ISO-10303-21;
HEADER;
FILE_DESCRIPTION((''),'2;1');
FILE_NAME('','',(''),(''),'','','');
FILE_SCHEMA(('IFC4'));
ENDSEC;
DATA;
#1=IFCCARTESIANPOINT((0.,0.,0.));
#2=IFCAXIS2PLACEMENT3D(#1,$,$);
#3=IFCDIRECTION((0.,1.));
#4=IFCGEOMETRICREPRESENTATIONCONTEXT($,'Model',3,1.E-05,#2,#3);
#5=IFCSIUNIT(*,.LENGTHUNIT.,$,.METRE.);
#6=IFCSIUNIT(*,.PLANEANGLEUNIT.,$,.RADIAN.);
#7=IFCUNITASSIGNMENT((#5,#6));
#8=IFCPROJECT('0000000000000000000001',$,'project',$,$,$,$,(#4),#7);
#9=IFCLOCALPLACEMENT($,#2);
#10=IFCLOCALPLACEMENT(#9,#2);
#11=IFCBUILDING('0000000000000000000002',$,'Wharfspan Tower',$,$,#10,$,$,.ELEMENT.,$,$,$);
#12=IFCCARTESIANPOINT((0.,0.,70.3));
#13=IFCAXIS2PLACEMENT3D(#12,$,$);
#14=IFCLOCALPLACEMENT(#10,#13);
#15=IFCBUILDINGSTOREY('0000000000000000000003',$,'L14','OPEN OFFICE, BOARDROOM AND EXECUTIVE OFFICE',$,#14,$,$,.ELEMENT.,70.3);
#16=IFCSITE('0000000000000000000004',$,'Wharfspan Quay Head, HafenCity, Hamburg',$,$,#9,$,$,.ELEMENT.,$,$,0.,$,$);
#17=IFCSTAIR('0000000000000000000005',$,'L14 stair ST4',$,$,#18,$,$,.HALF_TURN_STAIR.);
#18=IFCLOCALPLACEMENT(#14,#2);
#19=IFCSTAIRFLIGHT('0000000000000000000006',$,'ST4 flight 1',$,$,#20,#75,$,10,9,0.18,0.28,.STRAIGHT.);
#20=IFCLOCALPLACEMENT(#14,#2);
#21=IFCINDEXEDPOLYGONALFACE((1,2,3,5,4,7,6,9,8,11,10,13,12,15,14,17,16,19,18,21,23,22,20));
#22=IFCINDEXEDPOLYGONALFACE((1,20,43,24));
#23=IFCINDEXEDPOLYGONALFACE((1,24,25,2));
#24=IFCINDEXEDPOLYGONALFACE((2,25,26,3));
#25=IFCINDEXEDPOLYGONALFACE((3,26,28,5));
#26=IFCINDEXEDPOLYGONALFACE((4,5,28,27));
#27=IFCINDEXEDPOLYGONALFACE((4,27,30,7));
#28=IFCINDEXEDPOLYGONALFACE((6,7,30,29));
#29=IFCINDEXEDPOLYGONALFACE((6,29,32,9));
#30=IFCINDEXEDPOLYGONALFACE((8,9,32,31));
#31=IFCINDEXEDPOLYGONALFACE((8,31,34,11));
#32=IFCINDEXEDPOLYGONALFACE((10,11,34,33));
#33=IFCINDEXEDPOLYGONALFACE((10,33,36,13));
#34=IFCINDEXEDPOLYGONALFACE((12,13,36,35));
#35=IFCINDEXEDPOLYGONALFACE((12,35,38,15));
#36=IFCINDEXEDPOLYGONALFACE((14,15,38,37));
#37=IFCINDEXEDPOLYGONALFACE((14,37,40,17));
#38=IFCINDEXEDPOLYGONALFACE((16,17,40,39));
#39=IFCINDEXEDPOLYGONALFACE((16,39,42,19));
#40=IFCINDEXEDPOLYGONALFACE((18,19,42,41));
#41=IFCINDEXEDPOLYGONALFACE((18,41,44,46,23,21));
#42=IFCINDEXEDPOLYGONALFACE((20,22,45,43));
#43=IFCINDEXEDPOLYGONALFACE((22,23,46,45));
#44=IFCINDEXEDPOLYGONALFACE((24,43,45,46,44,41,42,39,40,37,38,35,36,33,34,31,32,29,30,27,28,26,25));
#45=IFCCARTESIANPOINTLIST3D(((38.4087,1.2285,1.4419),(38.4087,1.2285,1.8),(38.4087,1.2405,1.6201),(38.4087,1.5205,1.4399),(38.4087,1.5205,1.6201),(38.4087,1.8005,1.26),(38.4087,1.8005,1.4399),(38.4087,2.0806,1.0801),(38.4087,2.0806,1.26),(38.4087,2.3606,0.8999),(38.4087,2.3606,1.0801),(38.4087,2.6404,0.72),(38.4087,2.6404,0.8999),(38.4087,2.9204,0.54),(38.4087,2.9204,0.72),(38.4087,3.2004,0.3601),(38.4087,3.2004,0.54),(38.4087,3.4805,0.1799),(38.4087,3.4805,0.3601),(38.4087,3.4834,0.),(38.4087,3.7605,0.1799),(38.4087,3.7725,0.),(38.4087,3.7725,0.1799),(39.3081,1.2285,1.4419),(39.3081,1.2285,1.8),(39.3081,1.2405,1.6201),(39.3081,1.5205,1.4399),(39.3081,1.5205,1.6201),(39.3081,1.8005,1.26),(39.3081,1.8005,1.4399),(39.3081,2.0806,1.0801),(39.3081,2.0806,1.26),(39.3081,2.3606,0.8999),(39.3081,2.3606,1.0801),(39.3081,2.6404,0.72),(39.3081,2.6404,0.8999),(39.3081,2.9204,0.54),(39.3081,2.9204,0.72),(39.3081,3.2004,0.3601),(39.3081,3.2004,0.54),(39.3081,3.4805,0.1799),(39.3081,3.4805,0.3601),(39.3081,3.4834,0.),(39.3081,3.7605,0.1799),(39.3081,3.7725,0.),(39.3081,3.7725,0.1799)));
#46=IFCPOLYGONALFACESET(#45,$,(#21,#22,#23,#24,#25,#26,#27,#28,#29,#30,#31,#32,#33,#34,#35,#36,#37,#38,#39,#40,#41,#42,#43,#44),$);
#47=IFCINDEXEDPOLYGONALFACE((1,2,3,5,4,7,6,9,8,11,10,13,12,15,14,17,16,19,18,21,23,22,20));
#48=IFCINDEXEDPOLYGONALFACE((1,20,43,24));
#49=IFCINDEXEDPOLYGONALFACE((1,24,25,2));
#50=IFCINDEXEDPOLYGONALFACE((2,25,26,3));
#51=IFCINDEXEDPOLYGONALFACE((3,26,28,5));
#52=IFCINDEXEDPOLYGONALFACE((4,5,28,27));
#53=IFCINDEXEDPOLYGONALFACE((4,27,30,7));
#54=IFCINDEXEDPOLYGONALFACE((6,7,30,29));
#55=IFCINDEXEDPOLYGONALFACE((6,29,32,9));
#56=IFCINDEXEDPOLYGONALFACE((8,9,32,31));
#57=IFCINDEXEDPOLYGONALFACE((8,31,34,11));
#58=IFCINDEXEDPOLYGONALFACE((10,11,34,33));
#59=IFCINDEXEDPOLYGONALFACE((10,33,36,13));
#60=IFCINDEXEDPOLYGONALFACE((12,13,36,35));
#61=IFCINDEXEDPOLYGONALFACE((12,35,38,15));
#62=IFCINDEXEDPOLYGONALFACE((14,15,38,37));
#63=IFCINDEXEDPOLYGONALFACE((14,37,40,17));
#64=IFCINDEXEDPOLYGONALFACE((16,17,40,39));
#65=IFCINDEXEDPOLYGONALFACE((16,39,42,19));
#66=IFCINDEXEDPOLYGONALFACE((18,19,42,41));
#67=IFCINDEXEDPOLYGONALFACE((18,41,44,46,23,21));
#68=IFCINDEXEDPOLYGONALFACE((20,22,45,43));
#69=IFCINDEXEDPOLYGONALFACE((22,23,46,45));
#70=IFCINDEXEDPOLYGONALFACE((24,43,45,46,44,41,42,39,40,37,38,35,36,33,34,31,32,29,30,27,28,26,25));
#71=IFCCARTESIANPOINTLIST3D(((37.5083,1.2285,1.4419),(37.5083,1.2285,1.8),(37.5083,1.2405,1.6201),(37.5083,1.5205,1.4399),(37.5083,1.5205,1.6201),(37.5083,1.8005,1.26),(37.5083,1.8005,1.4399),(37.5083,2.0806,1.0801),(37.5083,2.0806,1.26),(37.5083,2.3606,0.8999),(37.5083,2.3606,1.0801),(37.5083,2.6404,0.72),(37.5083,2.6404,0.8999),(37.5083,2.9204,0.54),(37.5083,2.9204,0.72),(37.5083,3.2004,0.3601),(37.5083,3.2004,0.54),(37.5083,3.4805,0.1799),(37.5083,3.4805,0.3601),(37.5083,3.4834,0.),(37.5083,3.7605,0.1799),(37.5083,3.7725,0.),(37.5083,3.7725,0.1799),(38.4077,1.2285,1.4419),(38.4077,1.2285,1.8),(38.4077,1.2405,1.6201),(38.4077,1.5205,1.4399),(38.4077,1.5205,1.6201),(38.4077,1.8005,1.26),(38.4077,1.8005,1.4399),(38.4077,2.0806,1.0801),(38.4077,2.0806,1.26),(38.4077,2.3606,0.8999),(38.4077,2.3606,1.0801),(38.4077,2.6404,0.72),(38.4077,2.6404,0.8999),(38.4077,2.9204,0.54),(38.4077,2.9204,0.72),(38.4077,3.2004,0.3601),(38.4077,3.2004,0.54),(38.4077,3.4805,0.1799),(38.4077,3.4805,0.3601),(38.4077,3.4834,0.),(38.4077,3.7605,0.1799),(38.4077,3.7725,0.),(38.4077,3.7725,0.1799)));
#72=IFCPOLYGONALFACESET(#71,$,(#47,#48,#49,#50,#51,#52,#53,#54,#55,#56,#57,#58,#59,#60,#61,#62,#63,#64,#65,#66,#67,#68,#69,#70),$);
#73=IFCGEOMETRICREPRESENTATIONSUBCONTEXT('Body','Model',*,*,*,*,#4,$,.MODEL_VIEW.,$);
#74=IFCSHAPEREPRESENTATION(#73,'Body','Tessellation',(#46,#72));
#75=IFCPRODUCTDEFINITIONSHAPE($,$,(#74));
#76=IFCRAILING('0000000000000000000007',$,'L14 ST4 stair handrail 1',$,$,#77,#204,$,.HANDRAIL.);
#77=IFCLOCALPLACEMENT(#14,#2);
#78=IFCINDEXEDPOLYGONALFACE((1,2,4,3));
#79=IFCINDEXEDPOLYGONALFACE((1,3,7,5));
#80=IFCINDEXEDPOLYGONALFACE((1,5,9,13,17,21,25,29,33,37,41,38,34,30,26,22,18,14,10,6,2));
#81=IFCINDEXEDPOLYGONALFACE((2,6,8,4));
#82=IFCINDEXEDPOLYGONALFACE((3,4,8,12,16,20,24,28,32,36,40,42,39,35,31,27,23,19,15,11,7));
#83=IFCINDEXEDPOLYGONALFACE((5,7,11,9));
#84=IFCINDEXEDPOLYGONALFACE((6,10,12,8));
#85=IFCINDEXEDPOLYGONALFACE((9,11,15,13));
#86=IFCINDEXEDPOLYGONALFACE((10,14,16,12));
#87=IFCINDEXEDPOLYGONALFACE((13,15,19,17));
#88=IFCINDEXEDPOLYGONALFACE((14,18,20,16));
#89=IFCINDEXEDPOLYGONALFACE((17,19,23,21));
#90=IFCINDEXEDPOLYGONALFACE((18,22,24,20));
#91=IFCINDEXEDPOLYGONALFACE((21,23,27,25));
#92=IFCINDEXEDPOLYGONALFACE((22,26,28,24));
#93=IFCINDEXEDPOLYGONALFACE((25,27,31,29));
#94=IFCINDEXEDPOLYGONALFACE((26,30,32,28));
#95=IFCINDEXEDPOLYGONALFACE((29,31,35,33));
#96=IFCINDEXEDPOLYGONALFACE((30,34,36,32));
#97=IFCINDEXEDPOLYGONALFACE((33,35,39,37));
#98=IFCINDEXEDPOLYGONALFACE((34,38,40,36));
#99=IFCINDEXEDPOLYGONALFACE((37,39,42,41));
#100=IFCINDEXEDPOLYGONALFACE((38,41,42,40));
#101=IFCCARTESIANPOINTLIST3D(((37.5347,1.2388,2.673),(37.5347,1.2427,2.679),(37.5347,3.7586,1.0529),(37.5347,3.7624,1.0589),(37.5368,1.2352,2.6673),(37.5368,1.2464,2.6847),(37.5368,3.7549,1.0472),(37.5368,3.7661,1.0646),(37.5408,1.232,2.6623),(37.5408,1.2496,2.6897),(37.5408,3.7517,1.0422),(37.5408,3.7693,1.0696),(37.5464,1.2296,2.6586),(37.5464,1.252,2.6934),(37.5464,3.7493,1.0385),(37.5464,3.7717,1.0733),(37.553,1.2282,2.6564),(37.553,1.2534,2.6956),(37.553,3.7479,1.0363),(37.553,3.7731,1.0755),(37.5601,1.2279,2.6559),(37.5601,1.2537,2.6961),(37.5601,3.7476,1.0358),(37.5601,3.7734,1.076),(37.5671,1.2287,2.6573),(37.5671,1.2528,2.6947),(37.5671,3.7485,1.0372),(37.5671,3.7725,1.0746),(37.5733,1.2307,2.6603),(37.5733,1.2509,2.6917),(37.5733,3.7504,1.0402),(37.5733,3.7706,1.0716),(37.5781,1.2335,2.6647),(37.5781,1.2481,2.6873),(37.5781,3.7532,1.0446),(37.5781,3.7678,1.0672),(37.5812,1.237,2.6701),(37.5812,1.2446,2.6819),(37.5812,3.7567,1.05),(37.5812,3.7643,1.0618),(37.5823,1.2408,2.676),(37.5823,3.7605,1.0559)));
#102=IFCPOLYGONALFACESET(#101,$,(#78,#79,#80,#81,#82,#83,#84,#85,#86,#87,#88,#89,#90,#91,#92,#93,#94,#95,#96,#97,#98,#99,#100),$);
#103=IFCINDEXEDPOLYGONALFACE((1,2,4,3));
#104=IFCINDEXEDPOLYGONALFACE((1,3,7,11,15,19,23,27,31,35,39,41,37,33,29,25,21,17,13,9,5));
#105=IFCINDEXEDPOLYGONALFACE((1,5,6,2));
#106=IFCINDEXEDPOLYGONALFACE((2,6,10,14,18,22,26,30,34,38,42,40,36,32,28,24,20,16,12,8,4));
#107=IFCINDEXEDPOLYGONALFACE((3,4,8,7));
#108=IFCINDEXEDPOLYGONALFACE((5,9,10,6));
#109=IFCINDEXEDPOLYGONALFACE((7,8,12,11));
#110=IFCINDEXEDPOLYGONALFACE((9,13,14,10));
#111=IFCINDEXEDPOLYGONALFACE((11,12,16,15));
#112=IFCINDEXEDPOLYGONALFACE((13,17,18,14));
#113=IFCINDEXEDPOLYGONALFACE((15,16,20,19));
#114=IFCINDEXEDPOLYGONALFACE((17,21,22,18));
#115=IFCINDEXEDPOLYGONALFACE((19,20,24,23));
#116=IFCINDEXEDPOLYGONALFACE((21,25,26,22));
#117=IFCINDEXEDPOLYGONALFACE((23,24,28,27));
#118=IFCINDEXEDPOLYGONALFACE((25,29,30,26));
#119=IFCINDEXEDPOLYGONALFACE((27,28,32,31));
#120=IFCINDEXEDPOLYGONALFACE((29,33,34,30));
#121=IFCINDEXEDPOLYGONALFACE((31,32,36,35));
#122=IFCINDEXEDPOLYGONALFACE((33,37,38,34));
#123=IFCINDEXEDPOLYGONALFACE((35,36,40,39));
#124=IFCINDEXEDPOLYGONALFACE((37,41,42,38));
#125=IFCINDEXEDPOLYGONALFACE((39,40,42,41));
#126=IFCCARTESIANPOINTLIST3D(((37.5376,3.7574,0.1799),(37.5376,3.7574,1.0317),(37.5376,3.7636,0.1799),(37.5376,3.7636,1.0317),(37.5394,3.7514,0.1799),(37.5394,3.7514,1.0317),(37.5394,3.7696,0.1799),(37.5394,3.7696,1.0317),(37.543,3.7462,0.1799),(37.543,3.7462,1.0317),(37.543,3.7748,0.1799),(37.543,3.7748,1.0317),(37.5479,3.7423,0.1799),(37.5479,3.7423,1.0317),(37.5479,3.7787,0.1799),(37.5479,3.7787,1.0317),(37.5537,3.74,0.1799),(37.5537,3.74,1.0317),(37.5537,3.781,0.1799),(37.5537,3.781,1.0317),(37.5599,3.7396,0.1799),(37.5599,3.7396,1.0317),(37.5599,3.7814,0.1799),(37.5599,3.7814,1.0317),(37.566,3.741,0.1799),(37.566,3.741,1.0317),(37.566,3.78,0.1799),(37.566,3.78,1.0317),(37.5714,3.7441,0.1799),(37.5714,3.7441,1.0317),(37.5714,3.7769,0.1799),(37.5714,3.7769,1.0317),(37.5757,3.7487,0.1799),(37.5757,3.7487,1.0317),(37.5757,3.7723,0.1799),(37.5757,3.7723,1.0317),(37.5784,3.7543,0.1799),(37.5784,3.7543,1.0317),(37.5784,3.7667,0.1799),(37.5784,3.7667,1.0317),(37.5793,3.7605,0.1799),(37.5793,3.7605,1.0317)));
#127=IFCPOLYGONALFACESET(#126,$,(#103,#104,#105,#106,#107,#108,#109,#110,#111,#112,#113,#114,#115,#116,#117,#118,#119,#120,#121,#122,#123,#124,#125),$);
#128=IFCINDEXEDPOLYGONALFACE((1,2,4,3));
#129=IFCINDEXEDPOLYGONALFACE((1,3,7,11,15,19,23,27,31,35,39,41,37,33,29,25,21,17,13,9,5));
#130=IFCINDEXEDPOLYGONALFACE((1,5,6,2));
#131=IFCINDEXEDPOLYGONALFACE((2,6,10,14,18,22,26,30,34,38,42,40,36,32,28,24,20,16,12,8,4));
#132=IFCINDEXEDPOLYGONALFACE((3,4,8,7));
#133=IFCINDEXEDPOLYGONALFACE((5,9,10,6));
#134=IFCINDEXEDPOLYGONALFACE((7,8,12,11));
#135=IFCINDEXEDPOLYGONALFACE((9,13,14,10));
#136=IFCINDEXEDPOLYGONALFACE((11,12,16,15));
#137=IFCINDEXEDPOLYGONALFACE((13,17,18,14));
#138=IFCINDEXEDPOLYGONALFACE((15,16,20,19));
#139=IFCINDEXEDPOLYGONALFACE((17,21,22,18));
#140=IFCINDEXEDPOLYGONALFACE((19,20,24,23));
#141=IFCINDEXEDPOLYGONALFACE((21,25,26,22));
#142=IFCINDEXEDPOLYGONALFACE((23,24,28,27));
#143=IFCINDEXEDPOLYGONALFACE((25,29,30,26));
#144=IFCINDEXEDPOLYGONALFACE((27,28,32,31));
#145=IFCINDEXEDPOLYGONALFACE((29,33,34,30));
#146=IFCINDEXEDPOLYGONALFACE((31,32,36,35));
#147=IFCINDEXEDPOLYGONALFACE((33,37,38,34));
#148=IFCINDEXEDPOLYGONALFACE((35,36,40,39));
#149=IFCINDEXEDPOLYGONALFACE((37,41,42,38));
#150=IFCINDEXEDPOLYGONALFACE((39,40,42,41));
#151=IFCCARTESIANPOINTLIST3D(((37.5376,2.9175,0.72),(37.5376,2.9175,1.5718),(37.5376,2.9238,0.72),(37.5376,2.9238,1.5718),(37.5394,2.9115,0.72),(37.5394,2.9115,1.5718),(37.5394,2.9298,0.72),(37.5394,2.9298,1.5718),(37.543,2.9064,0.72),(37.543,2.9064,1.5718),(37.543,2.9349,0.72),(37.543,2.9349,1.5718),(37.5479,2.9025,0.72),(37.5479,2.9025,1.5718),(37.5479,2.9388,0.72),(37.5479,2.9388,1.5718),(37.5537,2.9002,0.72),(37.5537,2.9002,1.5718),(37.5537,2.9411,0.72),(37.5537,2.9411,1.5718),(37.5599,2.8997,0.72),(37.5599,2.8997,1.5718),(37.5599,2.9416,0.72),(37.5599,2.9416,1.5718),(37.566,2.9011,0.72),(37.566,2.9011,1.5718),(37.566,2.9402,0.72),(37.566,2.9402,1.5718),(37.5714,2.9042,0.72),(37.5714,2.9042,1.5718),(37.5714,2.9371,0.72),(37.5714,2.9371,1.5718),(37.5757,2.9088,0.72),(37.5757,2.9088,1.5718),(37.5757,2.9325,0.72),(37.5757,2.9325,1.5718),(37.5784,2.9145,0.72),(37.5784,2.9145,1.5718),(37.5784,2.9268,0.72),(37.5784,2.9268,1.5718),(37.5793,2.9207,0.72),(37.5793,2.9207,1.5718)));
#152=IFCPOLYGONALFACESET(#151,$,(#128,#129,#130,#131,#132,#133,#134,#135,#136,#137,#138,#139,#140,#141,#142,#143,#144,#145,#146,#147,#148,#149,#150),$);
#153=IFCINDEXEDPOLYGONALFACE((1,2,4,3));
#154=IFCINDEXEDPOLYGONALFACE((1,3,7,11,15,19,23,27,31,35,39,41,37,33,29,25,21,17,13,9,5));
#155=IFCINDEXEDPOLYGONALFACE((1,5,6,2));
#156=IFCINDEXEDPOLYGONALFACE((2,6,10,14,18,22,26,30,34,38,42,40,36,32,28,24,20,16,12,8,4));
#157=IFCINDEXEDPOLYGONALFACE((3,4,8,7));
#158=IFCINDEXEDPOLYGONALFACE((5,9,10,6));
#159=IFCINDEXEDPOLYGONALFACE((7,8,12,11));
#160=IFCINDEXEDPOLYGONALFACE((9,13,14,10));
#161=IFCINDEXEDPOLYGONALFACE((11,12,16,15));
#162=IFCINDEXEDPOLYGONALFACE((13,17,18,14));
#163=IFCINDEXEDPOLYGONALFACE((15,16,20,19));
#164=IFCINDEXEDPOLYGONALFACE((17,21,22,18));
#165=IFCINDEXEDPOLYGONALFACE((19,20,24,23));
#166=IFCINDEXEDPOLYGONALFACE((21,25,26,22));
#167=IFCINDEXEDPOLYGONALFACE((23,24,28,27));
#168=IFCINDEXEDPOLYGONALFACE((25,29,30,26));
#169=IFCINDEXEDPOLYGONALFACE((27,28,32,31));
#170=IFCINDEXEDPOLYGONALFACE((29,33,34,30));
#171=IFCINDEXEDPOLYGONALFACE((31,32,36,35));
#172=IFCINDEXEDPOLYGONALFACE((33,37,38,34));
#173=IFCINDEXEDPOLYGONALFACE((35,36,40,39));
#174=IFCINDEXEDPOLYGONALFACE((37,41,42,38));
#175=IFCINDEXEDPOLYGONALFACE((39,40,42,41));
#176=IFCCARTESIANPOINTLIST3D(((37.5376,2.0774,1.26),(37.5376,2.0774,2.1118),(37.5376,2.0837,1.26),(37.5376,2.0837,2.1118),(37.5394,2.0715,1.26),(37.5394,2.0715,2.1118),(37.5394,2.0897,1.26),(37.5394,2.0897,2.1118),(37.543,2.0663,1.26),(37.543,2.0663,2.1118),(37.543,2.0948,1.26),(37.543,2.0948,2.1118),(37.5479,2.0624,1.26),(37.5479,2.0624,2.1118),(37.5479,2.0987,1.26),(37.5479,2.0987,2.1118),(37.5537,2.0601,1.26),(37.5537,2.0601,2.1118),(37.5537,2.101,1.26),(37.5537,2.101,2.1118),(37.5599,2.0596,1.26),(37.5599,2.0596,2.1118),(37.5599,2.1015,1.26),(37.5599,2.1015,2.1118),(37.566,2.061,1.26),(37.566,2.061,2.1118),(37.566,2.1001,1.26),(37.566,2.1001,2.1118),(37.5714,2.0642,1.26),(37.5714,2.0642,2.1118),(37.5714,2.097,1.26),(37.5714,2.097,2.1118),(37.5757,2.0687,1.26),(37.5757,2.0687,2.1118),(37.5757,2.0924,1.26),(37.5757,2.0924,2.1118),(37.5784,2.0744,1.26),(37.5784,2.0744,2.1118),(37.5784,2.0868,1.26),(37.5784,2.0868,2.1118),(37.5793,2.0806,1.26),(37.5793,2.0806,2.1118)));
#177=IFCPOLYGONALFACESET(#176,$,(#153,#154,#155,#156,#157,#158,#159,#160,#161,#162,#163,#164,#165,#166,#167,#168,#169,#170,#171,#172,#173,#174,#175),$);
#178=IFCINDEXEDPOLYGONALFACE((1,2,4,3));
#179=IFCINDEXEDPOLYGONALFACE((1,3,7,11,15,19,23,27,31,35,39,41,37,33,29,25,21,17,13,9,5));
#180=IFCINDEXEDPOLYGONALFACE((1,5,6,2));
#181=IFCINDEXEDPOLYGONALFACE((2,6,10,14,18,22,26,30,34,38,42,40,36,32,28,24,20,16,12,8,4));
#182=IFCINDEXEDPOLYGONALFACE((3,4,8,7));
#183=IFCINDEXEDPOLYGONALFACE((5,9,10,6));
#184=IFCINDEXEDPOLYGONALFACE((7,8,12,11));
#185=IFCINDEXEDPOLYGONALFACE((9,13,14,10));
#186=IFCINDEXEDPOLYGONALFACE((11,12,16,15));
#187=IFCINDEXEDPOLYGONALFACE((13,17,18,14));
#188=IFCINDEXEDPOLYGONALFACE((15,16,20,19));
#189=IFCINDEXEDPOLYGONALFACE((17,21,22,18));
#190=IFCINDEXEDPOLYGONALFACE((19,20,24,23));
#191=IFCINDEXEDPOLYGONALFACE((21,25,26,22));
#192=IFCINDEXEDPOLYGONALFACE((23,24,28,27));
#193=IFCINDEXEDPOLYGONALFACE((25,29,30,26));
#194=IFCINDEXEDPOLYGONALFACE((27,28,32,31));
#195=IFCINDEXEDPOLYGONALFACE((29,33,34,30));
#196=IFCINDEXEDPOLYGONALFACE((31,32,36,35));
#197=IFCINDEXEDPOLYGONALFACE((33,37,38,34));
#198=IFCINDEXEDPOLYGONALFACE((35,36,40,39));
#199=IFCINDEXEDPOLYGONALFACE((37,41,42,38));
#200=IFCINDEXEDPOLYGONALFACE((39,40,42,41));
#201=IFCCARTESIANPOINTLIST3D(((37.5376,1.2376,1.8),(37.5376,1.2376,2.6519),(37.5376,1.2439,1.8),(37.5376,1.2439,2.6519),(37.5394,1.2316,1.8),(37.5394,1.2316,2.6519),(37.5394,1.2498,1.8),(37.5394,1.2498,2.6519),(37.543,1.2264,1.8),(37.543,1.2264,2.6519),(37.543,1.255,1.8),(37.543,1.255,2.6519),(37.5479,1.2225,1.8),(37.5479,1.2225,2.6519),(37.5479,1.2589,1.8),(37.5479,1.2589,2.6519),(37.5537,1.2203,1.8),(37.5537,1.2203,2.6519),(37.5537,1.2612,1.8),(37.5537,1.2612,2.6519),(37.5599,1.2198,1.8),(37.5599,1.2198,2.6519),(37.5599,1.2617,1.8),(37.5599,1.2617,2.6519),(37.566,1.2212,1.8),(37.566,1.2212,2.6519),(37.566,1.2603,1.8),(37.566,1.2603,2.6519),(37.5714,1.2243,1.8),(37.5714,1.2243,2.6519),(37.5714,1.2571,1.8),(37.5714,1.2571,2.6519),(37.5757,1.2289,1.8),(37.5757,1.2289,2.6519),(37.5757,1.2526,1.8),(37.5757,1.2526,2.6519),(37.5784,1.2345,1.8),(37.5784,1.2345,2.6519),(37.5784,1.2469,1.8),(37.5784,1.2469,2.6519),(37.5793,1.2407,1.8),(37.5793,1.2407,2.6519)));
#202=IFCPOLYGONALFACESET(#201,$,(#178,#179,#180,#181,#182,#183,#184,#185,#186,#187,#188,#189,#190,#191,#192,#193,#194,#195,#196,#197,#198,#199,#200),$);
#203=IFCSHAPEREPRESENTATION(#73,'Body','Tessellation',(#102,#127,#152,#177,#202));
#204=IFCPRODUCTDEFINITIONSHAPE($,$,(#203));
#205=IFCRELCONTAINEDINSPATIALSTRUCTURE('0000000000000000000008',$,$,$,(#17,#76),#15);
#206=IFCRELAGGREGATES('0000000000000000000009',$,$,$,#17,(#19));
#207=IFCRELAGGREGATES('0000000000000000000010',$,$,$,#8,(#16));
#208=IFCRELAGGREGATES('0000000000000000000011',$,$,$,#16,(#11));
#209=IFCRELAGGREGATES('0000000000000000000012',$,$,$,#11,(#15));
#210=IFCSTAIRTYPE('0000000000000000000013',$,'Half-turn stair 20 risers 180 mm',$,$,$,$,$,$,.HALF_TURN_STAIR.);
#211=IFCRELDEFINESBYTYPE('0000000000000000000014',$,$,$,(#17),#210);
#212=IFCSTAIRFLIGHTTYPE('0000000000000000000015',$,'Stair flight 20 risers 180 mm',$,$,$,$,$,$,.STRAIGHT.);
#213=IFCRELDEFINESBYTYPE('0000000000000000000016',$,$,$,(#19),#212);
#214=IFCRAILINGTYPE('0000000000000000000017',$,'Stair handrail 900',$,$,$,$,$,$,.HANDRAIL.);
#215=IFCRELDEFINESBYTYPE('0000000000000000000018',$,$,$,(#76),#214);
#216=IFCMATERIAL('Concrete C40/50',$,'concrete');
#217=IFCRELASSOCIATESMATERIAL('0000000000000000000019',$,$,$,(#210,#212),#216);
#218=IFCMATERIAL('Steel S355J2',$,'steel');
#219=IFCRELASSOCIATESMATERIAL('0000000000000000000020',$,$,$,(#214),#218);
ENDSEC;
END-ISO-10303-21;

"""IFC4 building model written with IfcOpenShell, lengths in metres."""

from ifc_helpers import new_model, si_unit, direction, frame, origin, origin_2d, place, context, subcontext, project, spatial, polyline, circle, outline, extrude, material, type_object, element, aggregate, save


model = new_model("IFC4")

# Units and contexts
model_context = context("Model", 3, precision=1e-05, world=origin(), true_north=direction((0.0, 1.0)))
body_context = subcontext(model_context, "Body", "Model", "MODEL_VIEW")
ifc_project = project(units=[si_unit("LENGTHUNIT", "METRE"), si_unit("PLANEANGLEUNIT", "RADIAN")], contexts=[model_context])

# Site, building, storey
site_placement = place(None, origin())
site = spatial("IfcSite", under=ifc_project, at=site_placement, Name="Wharfspan Quay Head, HafenCity, Hamburg", CompositionType="ELEMENT", RefElevation=0.0)
building_placement = place(site_placement, origin())
building = spatial("IfcBuilding", under=site, at=building_placement, Name="Wharfspan Tower", CompositionType="ELEMENT")
storey_placement = place(building_placement, frame((0.0, 0.0, 70.3)))
storey = spatial("IfcBuildingStorey", under=building, at=storey_placement, Name="L14", Description="OPEN OFFICE, BOARDROOM AND EXECUTIVE OFFICE", CompositionType="ELEMENT", Elevation=70.3)

# Shared definitions
ifc_material_1 = material(Name="Steel S355J2", Category="steel")

# Shared definitions
ifc_material_2 = material(Name="Concrete C40/50", Category="concrete")

# Stair, stair flight
stair_type = type_object("IfcStairType", Name="Half-turn stair 20 risers 180 mm", PredefinedType="HALF_TURN_STAIR", material=ifc_material_2)
stair_placement = place(storey_placement, origin())
stair = element("IfcStair", 1, at=stair_placement, inside=storey, type_object=stair_type, Name="L14 stair ST4", PredefinedType="HALF_TURN_STAIR")
stair_flight_type = type_object("IfcStairFlightType", Name="Stair flight 20 risers 180 mm", PredefinedType="STRAIGHT", material=ifc_material_2)
stair_flight_placement = place(storey_placement, frame((38.4082, 3.7605, 0.0), z_axis=(0.0, 0.0, 1.0), x_axis=(0.0, -1.0, 0.0)))
stair_flight = element("IfcStairFlight", 2, at=stair_flight_placement, type_object=stair_flight_type, Name="ST4 flight 1", NumberOfRisers=10, NumberOfTreads=9, PredefinedType="STRAIGHT", RiserHeight=0.18, TreadLength=0.28, context=body_context, shape_type="SweptSolid", body=[
    extrude(outline(polyline([(-0.012, 0.0), (-0.012, 0.1799), (0.0, 0.1799), (0.28, 0.1799), (0.28, 0.3601), (0.5601, 0.3601), (0.5601, 0.54), (0.8401, 0.54), (0.8401, 0.72), (1.1201, 0.72), (1.1201, 0.8999), (1.3999, 0.8999), (1.3999, 1.0801), (1.6799, 1.0801), (1.6799, 1.26), (1.96, 1.26), (1.96, 1.4399), (2.24, 1.4399), (2.24, 1.6201), (2.52, 1.6201), (2.532, 1.8), (2.532, 1.4419), (0.2771, 0.0), (-0.012, 0.0)])), frame((0.0, 0.8999, 0.0), z_axis=(0.0, -1.0, 0.0), x_axis=(1.0, 0.0, 0.0)), (0.0, 0.0, 1.0), 0.8994),
    extrude(outline(polyline([(-0.012, 0.0), (-0.012, 0.1799), (0.0, 0.1799), (0.28, 0.1799), (0.28, 0.3601), (0.5601, 0.3601), (0.5601, 0.54), (0.8401, 0.54), (0.8401, 0.72), (1.1201, 0.72), (1.1201, 0.8999), (1.3999, 0.8999), (1.3999, 1.0801), (1.6799, 1.0801), (1.6799, 1.26), (1.96, 1.26), (1.96, 1.4399), (2.24, 1.4399), (2.24, 1.6201), (2.52, 1.6201), (2.532, 1.8), (2.532, 1.4419), (0.2771, 0.0), (-0.012, 0.0)])), frame((0.0, -0.0005, 0.0), z_axis=(0.0, -1.0, 0.0), x_axis=(1.0, 0.0, 0.0)), (0.0, 0.0, 1.0), 0.8994),
])
aggregate(stair, [stair_flight])

# Railing
railing_type_1 = type_object("IfcRailingType", Name="Stair handrail 900", PredefinedType="HANDRAIL", material=ifc_material_1)
railing_1_placement = place(storey_placement, frame((37.5583, 3.7605, 0.1799)))
element("IfcRailing", 3, at=railing_1_placement, inside=storey, type_object=railing_type_1, Name="L14 ST4 stair handrail 1", PredefinedType="HANDRAIL", context=body_context, shape_type="SweptSolid", body=[
    extrude(circle(Radius=0.0239, at=origin_2d()), frame((0.0, 0.0, 0.876), z_axis=(0.0, -0.841139, 0.540819), x_axis=(1.0, 0.0, 0.0)), (0.0, 0.0, 1.0), 2.9956),
    extrude(circle(Radius=0.021, at=origin_2d()), origin(), (0.0, 0.0, 1.0), 0.8518),
    extrude(circle(Radius=0.021, at=origin_2d()), frame((0.0, -0.8398, 0.54)), (0.0, 0.0, 1.0), 0.8518),
    extrude(circle(Radius=0.021, at=origin_2d()), frame((0.0, -1.6799, 1.0801)), (0.0, 0.0, 1.0), 0.8518),
    extrude(circle(Radius=0.021, at=origin_2d()), frame((0.0, -2.5198, 1.6201)), (0.0, 0.0, 1.0), 0.8518),
])

save(model, "model.ifc")
